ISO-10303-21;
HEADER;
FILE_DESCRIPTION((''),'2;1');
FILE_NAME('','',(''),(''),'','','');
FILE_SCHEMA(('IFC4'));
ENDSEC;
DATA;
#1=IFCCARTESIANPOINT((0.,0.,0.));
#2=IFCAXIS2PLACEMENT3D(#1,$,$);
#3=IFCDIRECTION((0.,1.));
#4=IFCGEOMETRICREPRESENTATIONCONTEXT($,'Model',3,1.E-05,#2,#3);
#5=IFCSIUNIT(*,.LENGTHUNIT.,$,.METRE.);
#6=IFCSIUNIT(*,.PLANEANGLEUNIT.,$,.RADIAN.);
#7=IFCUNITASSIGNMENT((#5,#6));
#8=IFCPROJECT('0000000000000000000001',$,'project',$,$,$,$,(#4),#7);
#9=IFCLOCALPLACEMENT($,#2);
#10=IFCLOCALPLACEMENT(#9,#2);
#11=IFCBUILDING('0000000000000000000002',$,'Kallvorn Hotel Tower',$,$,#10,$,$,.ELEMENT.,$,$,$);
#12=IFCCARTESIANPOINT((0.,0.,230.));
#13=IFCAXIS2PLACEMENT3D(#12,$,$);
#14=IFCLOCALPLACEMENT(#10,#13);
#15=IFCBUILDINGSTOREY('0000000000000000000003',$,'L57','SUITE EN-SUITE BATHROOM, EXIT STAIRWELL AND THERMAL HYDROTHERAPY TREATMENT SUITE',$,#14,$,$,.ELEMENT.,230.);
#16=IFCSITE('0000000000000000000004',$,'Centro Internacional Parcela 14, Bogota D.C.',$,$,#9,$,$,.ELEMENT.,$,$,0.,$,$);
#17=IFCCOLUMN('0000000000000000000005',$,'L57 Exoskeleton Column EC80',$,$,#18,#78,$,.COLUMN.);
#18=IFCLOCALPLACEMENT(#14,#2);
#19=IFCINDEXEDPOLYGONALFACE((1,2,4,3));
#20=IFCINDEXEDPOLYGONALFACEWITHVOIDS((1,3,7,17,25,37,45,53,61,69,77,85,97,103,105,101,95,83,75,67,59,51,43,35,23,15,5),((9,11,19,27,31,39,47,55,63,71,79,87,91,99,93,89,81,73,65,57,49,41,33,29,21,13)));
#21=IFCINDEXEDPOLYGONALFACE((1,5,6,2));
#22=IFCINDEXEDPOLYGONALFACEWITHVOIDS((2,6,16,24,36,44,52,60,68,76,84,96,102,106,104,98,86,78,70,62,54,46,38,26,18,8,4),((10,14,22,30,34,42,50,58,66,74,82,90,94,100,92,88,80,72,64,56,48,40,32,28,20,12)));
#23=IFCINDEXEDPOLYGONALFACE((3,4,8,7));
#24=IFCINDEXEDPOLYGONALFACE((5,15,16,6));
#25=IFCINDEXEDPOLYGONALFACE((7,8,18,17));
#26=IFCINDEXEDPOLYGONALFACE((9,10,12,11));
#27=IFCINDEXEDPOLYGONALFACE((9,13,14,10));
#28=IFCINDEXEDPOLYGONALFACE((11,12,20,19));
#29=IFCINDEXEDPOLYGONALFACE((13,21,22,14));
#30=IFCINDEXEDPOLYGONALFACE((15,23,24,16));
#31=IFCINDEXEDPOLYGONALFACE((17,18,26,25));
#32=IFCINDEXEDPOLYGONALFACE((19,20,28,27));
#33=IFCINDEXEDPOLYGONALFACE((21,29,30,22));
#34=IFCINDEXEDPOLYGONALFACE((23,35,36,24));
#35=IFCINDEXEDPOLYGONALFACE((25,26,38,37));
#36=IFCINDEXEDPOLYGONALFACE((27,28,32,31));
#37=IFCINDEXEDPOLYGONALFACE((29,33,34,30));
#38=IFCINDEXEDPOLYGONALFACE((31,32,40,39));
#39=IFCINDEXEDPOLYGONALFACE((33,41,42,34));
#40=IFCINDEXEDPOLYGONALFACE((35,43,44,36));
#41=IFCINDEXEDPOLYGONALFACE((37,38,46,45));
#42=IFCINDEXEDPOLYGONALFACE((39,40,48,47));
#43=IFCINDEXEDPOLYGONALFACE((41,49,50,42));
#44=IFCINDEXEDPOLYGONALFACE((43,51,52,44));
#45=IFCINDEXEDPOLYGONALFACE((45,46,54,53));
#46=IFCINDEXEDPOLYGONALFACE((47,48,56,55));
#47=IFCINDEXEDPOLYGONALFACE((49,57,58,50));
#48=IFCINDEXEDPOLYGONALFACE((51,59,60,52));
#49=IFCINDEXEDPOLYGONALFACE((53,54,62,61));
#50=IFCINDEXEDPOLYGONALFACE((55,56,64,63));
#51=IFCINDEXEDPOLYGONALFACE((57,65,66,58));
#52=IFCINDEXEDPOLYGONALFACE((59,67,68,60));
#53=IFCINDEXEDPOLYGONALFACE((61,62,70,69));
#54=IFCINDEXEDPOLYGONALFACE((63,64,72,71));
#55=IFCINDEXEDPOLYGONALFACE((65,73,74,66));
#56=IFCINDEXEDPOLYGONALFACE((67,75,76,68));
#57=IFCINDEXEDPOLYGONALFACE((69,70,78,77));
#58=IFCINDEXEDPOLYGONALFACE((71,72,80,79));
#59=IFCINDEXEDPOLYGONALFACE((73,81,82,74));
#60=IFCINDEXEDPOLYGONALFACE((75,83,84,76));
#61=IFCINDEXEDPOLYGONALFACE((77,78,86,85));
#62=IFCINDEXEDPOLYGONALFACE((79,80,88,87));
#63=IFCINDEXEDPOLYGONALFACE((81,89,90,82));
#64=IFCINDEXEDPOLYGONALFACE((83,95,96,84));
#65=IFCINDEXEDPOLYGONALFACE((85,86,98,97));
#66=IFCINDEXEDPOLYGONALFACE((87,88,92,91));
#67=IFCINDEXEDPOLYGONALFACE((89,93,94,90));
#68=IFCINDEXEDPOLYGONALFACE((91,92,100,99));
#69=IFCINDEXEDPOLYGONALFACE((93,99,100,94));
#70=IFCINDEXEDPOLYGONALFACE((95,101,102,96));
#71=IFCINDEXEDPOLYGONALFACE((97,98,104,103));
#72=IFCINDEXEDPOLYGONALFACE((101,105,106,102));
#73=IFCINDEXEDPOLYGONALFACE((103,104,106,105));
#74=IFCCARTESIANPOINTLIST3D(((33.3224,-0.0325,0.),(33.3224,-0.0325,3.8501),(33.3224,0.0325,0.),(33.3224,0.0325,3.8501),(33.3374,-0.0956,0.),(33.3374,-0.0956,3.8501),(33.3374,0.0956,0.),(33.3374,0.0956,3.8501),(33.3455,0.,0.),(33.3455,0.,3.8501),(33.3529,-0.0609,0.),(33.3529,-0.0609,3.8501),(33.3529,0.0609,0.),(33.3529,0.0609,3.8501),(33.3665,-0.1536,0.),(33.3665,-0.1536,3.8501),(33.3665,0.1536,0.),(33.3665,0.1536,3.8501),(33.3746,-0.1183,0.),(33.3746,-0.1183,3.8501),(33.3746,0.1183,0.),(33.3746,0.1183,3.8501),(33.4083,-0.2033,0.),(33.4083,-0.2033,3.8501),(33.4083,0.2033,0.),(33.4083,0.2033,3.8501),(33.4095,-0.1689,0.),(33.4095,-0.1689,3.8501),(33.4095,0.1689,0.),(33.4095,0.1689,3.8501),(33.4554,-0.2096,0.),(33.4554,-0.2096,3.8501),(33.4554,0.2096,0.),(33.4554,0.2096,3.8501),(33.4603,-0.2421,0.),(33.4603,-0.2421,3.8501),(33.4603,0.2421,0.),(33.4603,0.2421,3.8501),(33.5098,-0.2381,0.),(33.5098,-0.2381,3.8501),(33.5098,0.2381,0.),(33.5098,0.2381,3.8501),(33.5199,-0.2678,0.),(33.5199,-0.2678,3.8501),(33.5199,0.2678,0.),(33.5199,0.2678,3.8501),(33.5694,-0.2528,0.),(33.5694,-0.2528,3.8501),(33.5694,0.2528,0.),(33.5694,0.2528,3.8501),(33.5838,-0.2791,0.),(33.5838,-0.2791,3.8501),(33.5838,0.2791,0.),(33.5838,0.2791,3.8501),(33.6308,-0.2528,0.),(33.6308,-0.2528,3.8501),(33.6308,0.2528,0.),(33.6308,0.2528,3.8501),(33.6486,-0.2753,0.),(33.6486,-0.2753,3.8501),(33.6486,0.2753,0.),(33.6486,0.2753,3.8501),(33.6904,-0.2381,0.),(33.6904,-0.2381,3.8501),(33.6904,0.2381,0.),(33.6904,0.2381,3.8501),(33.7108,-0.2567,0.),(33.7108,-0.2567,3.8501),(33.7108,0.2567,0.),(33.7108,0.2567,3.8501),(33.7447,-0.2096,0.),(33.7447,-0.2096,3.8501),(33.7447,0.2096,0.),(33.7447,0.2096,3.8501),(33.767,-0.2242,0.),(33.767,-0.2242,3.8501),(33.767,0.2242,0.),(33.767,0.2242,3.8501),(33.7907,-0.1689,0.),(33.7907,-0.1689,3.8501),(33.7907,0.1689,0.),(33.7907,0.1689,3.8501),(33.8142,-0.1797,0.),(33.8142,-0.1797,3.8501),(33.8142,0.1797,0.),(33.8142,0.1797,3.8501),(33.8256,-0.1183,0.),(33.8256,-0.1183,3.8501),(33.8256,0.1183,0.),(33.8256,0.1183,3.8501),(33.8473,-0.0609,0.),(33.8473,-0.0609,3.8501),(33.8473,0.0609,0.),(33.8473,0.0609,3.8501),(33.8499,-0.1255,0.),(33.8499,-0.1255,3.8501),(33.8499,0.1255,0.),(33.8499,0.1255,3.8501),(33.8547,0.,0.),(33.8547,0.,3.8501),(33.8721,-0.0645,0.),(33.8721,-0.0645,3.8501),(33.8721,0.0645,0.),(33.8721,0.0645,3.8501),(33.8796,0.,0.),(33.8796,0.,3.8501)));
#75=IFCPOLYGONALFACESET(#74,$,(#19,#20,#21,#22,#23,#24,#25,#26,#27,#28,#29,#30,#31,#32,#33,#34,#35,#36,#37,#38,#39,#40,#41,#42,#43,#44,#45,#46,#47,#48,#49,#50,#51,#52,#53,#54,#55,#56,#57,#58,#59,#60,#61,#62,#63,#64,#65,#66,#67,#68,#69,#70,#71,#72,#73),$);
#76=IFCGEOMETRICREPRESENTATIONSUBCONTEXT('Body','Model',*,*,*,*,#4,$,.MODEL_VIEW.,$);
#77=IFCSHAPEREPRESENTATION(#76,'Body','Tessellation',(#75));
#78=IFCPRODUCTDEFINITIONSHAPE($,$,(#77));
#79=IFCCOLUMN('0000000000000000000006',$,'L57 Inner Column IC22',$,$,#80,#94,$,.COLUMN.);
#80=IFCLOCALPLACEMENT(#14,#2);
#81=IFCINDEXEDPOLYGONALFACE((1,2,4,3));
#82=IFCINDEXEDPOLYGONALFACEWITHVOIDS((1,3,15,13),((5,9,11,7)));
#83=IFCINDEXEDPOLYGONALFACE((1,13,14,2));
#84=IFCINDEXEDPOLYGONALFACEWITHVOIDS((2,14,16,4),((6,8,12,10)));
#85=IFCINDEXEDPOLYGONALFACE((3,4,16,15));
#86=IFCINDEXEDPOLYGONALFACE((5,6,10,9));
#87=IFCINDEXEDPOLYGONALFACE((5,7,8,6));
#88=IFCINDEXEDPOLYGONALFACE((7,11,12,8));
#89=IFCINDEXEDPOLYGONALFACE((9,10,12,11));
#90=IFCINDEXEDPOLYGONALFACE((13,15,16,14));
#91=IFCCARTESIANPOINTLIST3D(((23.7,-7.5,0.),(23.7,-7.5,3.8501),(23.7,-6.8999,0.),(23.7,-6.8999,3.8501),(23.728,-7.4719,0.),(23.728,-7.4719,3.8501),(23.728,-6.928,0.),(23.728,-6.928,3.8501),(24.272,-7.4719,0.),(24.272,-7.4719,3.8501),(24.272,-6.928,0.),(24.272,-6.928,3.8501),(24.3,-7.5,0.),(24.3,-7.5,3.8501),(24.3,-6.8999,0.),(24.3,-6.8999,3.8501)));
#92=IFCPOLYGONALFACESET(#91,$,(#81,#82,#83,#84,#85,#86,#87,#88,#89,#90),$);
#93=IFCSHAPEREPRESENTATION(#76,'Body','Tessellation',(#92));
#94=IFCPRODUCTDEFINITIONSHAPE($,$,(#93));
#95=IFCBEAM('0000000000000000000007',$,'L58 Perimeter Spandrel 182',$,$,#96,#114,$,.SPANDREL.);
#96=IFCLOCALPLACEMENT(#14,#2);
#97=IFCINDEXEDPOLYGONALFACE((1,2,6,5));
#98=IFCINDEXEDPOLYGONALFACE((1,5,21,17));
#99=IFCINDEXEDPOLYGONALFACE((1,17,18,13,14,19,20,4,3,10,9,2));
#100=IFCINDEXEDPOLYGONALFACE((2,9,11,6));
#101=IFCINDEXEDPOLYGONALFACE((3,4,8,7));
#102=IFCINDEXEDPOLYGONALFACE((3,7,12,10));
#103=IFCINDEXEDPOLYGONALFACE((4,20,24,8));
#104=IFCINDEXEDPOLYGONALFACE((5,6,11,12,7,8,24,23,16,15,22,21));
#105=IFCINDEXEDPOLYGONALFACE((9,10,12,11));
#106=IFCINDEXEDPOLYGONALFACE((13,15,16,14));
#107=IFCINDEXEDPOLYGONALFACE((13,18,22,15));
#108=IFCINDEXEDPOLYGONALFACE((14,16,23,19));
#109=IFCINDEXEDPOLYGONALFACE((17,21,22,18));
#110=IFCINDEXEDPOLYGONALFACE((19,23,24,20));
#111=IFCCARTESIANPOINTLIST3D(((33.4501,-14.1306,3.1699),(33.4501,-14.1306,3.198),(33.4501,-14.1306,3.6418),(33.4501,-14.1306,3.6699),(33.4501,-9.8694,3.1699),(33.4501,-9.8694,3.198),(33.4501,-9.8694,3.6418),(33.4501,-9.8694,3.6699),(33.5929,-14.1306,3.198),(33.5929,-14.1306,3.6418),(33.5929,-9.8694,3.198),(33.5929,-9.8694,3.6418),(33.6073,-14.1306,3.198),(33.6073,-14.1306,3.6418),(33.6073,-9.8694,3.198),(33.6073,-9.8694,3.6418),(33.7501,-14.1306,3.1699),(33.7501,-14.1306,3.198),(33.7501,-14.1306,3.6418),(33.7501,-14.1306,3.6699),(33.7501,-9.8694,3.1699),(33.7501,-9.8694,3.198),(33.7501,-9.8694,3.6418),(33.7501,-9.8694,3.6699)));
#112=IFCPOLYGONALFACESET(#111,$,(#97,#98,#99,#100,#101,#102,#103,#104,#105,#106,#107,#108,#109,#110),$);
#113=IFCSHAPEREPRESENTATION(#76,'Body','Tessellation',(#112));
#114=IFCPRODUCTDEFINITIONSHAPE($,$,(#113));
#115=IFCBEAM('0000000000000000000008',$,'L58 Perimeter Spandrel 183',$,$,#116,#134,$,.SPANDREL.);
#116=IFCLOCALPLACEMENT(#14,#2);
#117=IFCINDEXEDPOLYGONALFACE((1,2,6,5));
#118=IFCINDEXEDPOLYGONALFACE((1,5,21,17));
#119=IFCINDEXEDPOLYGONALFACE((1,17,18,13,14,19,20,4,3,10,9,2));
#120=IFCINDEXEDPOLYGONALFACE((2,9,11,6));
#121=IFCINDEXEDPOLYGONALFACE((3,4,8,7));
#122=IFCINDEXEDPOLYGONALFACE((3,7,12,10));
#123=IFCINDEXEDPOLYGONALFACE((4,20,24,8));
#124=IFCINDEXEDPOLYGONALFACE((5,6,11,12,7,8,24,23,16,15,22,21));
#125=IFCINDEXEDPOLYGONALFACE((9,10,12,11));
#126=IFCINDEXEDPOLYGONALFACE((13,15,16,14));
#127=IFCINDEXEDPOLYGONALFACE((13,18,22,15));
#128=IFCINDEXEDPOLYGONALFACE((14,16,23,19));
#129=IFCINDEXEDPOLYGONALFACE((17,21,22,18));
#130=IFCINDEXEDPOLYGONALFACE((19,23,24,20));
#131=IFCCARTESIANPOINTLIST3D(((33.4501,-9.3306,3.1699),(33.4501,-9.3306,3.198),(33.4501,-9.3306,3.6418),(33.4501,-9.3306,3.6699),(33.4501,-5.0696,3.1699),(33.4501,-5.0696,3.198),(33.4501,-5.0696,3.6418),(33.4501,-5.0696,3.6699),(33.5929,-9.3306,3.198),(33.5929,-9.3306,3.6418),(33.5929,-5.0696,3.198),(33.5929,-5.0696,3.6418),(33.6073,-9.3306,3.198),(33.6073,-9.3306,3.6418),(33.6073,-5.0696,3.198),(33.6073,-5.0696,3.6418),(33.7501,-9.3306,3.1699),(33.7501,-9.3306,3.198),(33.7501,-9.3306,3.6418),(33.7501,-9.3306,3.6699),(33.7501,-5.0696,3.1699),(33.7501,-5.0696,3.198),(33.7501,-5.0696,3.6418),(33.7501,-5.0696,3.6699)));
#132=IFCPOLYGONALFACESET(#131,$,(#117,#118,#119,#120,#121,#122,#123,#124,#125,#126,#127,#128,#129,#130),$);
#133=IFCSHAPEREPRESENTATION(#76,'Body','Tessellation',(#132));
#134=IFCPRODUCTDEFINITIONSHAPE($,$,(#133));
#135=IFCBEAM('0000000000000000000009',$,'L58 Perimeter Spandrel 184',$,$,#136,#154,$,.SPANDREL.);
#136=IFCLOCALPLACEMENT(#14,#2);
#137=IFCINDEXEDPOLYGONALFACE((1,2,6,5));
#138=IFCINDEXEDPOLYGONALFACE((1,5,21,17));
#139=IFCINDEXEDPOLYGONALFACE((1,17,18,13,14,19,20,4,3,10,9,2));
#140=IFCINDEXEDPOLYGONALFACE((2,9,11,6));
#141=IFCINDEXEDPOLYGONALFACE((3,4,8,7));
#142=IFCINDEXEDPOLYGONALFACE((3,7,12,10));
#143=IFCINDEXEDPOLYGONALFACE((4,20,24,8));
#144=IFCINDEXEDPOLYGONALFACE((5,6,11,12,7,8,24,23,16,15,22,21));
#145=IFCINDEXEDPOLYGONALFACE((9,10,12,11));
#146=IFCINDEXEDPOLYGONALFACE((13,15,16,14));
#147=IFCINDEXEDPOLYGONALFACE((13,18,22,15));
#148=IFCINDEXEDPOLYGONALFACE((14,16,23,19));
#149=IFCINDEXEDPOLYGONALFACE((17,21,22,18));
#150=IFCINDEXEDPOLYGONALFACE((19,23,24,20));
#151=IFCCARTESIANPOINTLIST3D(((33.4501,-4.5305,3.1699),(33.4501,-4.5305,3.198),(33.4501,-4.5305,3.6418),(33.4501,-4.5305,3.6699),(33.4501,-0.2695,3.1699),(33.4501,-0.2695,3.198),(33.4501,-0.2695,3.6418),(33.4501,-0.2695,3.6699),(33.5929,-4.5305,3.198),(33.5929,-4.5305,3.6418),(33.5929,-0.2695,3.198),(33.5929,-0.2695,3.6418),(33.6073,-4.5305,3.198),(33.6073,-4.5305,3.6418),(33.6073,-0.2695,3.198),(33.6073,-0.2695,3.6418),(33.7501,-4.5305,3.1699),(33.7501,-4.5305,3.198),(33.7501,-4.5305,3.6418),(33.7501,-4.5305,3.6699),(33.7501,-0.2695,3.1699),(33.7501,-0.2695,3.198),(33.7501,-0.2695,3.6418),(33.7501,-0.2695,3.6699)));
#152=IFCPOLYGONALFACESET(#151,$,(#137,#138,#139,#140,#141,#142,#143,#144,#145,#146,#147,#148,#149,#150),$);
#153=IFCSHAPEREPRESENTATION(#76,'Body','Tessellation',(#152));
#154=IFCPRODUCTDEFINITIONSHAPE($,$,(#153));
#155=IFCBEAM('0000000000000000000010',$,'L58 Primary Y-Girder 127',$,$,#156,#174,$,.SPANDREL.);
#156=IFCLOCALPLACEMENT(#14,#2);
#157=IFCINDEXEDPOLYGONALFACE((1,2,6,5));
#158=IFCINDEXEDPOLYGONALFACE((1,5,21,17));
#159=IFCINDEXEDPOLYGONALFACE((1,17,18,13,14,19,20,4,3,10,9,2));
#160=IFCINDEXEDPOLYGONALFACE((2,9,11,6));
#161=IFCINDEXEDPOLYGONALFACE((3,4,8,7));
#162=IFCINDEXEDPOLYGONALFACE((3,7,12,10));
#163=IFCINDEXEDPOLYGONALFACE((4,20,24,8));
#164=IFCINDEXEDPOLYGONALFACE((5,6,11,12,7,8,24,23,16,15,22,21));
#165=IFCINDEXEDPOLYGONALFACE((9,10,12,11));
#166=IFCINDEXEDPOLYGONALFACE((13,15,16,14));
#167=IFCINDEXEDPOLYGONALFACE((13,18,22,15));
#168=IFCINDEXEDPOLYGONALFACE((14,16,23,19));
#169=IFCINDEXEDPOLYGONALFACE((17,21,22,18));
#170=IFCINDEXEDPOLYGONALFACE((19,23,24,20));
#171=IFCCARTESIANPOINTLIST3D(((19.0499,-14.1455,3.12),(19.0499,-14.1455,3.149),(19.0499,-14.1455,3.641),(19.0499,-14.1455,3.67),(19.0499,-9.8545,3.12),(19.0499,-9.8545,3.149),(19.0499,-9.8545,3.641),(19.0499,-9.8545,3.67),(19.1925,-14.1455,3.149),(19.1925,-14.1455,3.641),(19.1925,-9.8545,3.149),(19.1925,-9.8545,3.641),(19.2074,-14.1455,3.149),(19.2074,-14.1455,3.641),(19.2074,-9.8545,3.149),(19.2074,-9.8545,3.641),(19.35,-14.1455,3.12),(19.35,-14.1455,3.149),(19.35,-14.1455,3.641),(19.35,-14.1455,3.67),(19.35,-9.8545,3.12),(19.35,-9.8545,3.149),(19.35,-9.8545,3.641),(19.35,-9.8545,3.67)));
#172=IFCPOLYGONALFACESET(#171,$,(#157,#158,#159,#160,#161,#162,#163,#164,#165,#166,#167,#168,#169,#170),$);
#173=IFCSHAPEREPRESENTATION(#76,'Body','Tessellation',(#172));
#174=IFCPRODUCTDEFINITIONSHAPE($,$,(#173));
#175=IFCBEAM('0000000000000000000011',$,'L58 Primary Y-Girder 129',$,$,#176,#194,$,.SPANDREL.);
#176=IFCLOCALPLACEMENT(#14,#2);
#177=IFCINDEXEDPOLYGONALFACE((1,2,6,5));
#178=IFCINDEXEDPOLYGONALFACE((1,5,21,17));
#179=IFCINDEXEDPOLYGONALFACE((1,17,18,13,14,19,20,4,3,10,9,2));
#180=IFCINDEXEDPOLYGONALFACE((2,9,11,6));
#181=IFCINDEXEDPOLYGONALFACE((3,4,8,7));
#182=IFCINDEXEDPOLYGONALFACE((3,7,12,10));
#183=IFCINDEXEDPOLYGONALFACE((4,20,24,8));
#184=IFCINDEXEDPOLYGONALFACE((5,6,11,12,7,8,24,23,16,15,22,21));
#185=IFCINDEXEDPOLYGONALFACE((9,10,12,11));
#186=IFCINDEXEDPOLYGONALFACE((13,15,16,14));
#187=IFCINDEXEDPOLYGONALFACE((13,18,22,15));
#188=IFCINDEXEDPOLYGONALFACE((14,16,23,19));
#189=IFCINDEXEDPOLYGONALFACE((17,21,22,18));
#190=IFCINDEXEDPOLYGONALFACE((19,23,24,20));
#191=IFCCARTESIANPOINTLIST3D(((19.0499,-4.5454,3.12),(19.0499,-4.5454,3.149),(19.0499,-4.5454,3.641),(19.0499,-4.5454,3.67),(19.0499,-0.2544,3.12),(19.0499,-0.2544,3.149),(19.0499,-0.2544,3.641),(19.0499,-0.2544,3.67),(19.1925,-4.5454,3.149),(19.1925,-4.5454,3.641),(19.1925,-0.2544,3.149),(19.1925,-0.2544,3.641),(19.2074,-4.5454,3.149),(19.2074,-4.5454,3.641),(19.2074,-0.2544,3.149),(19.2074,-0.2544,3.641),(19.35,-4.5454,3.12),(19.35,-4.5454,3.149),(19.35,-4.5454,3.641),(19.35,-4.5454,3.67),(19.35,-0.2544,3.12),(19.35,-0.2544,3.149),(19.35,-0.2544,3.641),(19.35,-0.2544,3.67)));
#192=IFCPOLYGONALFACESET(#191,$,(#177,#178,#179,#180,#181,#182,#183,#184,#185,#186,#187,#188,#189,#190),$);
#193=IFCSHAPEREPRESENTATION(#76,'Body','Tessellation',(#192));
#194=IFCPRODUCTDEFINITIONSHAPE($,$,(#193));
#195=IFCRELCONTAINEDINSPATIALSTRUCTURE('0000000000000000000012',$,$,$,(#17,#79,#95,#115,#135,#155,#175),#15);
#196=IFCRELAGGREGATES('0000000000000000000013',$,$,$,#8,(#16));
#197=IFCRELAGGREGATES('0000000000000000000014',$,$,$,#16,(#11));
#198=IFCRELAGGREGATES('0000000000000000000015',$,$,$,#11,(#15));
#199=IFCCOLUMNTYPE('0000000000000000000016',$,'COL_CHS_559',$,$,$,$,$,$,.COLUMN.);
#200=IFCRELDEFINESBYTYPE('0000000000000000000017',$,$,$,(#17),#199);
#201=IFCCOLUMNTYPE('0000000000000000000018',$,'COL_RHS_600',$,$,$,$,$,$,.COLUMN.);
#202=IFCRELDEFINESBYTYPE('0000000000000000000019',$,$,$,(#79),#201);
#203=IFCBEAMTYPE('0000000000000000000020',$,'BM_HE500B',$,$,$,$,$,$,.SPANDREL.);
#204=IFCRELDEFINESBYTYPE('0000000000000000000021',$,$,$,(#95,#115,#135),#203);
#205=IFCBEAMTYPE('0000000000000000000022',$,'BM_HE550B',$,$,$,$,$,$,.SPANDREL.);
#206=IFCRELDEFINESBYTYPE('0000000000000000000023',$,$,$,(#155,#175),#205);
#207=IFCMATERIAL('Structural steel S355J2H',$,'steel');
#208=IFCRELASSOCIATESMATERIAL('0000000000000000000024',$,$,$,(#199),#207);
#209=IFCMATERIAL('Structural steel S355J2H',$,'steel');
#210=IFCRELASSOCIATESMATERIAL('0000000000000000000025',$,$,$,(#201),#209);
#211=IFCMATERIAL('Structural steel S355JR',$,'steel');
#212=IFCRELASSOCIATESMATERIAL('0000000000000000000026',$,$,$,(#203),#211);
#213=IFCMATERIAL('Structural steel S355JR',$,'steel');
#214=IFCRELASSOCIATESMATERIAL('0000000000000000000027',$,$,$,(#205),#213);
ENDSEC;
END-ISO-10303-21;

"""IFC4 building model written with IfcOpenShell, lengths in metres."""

from ifc_helpers import new_model, si_unit, direction, frame, origin, origin_2d, place, context, subcontext, project, spatial, hollow_rectangle, hollow_circle, i_section, extrude, material, material_profile, profile_set, type_object, element, save


model = new_model("IFC4")

# Units and contexts
model_context = context("Model", 3, precision=1e-05, world=origin(), true_north=direction((0.0, 1.0)))
body_context = subcontext(model_context, "Body", "Model", "MODEL_VIEW")
ifc_project = project(units=[si_unit("LENGTHUNIT", "METRE"), si_unit("PLANEANGLEUNIT", "RADIAN")], contexts=[model_context])

# Site, building, storey
site_placement = place(None, origin())
site = spatial("IfcSite", under=ifc_project, at=site_placement, Name="Centro Internacional Parcela 14, Bogota D.C.", CompositionType="ELEMENT", RefElevation=0.0)
building_placement = place(site_placement, origin())
building = spatial("IfcBuilding", under=site, at=building_placement, Name="Kallvorn Hotel Tower", CompositionType="ELEMENT")
storey_placement = place(building_placement, frame((0.0, 0.0, 230.0)))
storey = spatial("IfcBuildingStorey", under=building, at=storey_placement, Name="L57", Description="SUITE EN-SUITE BATHROOM, EXIT STAIRWELL AND THERMAL HYDROTHERAPY TREATMENT SUITE", CompositionType="ELEMENT", Elevation=230.0)

# Columns
ifc_material_1 = material(Name="Structural steel S355J2H", Category="steel")
ifc_material_profile_1 = material_profile(ifc_material_1, hollow_circle(Radius=0.2795, WallThickness=0.0249, at=origin_2d()), Name="CHS 559x25")
ifc_profile_set_1 = profile_set([ifc_material_profile_1], Name="Structural steel S355J2H")
column_type_1 = type_object("IfcColumnType", Name="COL_CHS_559", PredefinedType="COLUMN", material=ifc_profile_set_1)
for number, where, z_axis, x_axis, name in (
    (1, (33.6001, 0.0, 0.0), (0.0, 0.0, 1.0), (1.0, 0.0, 0.0), "L57 Exoskeleton Column EC80"),
):
    element("IfcColumn", number, at=place(storey_placement, frame(where, z_axis=z_axis, x_axis=x_axis)), inside=storey, type_object=column_type_1, Name=name, PredefinedType="COLUMN", context=body_context, shape_type="SweptSolid", body=[
        extrude(hollow_circle(Radius=0.2795, WallThickness=0.0249, at=origin_2d()), origin(), (0.0, 0.0, 1.0), 3.8501),
    ])
ifc_material_2 = material(Name="Structural steel S355J2H", Category="steel")
ifc_material_profile_2 = material_profile(ifc_material_2, hollow_rectangle(XDim=0.6001, YDim=0.6001, WallThickness=0.0281, at=origin_2d()), Name="RHS 600x600x28")
ifc_profile_set_2 = profile_set([ifc_material_profile_2], Name="Structural steel S355J2H")
column_type_2 = type_object("IfcColumnType", Name="COL_RHS_600", PredefinedType="COLUMN", material=ifc_profile_set_2)
column_placement = place(storey_placement, frame((24.0, -7.2, 0.0), z_axis=(0.0, 0.0, 1.0), x_axis=(1.0, 0.0, 0.0)))
element("IfcColumn", 2, at=column_placement, inside=storey, type_object=column_type_2, Name="L57 Inner Column IC22", PredefinedType="COLUMN", context=body_context, shape_type="SweptSolid", body=[
    extrude(hollow_rectangle(XDim=0.6001, YDim=0.6001, WallThickness=0.0281, at=origin_2d()), origin(), (0.0, 0.0, 1.0), 3.8501),
])

# Beams
ifc_material_3 = material(Name="Structural steel S355JR", Category="steel")
ifc_material_profile_3 = material_profile(ifc_material_3, i_section(OverallWidth=0.3, OverallDepth=0.5, WebThickness=0.0144, FlangeThickness=0.0281, at=origin_2d()), Name="HE 500 B")
ifc_profile_set_3 = profile_set([ifc_material_profile_3], Name="Structural steel S355JR")
beam_type_1 = type_object("IfcBeamType", Name="BM_HE500B", PredefinedType="SPANDREL", material=ifc_profile_set_3)
beam_1_placement = place(storey_placement, frame((33.6001, -14.1306, 3.4199), z_axis=(0.0, 1.0, 0.0), x_axis=(-1.0, 0.0, 0.0)))
element("IfcBeam", 3, at=beam_1_placement, inside=storey, type_object=beam_type_1, Name="L58 Perimeter Spandrel 182", PredefinedType="SPANDREL", context=body_context, shape_type="SweptSolid", body=[
    extrude(i_section(OverallWidth=0.3, OverallDepth=0.5, WebThickness=0.0144, FlangeThickness=0.0281, at=origin_2d()), origin(), (0.0, 0.0, 1.0), 4.2612),
])
for number, where, z_axis, x_axis, name in (
    (4, (33.6001, -9.3306, 3.4199), (0.0, 1.0, 0.0), (-1.0, 0.0, 0.0), "L58 Perimeter Spandrel 183"),
    (5, (33.6001, -4.5305, 3.4199), (0.0, 1.0, 0.0), (-1.0, 0.0, 0.0), "L58 Perimeter Spandrel 184"),
):
    element("IfcBeam", number, at=place(storey_placement, frame(where, z_axis=z_axis, x_axis=x_axis)), inside=storey, type_object=beam_type_1, Name=name, PredefinedType="SPANDREL", context=body_context, shape_type="SweptSolid", body=[
        extrude(i_section(OverallWidth=0.3, OverallDepth=0.5, WebThickness=0.0144, FlangeThickness=0.0281, at=origin_2d()), origin(), (0.0, 0.0, 1.0), 4.261),
    ])
ifc_material_4 = material(Name="Structural steel S355JR", Category="steel")
ifc_material_profile_4 = material_profile(ifc_material_4, i_section(OverallWidth=0.3, OverallDepth=0.55, WebThickness=0.0149, FlangeThickness=0.0291, at=origin_2d()), Name="HE 550 B")
ifc_profile_set_4 = profile_set([ifc_material_profile_4], Name="Structural steel S355JR")
beam_type_2 = type_object("IfcBeamType", Name="BM_HE550B", PredefinedType="SPANDREL", material=ifc_profile_set_4)
for number, where, z_axis, x_axis, name in (
    (6, (19.2, -14.1455, 3.395), (0.0, 1.0, 0.0), (-1.0, 0.0, 0.0), "L58 Primary Y-Girder 127"),
    (7, (19.2, -4.5454, 3.395), (0.0, 1.0, 0.0), (-1.0, 0.0, 0.0), "L58 Primary Y-Girder 129"),
):
    element("IfcBeam", number, at=place(storey_placement, frame(where, z_axis=z_axis, x_axis=x_axis)), inside=storey, type_object=beam_type_2, Name=name, PredefinedType="SPANDREL", context=body_context, shape_type="SweptSolid", body=[
        extrude(i_section(OverallWidth=0.3, OverallDepth=0.55, WebThickness=0.0149, FlangeThickness=0.0291, at=origin_2d()), origin(), (0.0, 0.0, 1.0), 4.291),
    ])

save(model, "model.ifc")
